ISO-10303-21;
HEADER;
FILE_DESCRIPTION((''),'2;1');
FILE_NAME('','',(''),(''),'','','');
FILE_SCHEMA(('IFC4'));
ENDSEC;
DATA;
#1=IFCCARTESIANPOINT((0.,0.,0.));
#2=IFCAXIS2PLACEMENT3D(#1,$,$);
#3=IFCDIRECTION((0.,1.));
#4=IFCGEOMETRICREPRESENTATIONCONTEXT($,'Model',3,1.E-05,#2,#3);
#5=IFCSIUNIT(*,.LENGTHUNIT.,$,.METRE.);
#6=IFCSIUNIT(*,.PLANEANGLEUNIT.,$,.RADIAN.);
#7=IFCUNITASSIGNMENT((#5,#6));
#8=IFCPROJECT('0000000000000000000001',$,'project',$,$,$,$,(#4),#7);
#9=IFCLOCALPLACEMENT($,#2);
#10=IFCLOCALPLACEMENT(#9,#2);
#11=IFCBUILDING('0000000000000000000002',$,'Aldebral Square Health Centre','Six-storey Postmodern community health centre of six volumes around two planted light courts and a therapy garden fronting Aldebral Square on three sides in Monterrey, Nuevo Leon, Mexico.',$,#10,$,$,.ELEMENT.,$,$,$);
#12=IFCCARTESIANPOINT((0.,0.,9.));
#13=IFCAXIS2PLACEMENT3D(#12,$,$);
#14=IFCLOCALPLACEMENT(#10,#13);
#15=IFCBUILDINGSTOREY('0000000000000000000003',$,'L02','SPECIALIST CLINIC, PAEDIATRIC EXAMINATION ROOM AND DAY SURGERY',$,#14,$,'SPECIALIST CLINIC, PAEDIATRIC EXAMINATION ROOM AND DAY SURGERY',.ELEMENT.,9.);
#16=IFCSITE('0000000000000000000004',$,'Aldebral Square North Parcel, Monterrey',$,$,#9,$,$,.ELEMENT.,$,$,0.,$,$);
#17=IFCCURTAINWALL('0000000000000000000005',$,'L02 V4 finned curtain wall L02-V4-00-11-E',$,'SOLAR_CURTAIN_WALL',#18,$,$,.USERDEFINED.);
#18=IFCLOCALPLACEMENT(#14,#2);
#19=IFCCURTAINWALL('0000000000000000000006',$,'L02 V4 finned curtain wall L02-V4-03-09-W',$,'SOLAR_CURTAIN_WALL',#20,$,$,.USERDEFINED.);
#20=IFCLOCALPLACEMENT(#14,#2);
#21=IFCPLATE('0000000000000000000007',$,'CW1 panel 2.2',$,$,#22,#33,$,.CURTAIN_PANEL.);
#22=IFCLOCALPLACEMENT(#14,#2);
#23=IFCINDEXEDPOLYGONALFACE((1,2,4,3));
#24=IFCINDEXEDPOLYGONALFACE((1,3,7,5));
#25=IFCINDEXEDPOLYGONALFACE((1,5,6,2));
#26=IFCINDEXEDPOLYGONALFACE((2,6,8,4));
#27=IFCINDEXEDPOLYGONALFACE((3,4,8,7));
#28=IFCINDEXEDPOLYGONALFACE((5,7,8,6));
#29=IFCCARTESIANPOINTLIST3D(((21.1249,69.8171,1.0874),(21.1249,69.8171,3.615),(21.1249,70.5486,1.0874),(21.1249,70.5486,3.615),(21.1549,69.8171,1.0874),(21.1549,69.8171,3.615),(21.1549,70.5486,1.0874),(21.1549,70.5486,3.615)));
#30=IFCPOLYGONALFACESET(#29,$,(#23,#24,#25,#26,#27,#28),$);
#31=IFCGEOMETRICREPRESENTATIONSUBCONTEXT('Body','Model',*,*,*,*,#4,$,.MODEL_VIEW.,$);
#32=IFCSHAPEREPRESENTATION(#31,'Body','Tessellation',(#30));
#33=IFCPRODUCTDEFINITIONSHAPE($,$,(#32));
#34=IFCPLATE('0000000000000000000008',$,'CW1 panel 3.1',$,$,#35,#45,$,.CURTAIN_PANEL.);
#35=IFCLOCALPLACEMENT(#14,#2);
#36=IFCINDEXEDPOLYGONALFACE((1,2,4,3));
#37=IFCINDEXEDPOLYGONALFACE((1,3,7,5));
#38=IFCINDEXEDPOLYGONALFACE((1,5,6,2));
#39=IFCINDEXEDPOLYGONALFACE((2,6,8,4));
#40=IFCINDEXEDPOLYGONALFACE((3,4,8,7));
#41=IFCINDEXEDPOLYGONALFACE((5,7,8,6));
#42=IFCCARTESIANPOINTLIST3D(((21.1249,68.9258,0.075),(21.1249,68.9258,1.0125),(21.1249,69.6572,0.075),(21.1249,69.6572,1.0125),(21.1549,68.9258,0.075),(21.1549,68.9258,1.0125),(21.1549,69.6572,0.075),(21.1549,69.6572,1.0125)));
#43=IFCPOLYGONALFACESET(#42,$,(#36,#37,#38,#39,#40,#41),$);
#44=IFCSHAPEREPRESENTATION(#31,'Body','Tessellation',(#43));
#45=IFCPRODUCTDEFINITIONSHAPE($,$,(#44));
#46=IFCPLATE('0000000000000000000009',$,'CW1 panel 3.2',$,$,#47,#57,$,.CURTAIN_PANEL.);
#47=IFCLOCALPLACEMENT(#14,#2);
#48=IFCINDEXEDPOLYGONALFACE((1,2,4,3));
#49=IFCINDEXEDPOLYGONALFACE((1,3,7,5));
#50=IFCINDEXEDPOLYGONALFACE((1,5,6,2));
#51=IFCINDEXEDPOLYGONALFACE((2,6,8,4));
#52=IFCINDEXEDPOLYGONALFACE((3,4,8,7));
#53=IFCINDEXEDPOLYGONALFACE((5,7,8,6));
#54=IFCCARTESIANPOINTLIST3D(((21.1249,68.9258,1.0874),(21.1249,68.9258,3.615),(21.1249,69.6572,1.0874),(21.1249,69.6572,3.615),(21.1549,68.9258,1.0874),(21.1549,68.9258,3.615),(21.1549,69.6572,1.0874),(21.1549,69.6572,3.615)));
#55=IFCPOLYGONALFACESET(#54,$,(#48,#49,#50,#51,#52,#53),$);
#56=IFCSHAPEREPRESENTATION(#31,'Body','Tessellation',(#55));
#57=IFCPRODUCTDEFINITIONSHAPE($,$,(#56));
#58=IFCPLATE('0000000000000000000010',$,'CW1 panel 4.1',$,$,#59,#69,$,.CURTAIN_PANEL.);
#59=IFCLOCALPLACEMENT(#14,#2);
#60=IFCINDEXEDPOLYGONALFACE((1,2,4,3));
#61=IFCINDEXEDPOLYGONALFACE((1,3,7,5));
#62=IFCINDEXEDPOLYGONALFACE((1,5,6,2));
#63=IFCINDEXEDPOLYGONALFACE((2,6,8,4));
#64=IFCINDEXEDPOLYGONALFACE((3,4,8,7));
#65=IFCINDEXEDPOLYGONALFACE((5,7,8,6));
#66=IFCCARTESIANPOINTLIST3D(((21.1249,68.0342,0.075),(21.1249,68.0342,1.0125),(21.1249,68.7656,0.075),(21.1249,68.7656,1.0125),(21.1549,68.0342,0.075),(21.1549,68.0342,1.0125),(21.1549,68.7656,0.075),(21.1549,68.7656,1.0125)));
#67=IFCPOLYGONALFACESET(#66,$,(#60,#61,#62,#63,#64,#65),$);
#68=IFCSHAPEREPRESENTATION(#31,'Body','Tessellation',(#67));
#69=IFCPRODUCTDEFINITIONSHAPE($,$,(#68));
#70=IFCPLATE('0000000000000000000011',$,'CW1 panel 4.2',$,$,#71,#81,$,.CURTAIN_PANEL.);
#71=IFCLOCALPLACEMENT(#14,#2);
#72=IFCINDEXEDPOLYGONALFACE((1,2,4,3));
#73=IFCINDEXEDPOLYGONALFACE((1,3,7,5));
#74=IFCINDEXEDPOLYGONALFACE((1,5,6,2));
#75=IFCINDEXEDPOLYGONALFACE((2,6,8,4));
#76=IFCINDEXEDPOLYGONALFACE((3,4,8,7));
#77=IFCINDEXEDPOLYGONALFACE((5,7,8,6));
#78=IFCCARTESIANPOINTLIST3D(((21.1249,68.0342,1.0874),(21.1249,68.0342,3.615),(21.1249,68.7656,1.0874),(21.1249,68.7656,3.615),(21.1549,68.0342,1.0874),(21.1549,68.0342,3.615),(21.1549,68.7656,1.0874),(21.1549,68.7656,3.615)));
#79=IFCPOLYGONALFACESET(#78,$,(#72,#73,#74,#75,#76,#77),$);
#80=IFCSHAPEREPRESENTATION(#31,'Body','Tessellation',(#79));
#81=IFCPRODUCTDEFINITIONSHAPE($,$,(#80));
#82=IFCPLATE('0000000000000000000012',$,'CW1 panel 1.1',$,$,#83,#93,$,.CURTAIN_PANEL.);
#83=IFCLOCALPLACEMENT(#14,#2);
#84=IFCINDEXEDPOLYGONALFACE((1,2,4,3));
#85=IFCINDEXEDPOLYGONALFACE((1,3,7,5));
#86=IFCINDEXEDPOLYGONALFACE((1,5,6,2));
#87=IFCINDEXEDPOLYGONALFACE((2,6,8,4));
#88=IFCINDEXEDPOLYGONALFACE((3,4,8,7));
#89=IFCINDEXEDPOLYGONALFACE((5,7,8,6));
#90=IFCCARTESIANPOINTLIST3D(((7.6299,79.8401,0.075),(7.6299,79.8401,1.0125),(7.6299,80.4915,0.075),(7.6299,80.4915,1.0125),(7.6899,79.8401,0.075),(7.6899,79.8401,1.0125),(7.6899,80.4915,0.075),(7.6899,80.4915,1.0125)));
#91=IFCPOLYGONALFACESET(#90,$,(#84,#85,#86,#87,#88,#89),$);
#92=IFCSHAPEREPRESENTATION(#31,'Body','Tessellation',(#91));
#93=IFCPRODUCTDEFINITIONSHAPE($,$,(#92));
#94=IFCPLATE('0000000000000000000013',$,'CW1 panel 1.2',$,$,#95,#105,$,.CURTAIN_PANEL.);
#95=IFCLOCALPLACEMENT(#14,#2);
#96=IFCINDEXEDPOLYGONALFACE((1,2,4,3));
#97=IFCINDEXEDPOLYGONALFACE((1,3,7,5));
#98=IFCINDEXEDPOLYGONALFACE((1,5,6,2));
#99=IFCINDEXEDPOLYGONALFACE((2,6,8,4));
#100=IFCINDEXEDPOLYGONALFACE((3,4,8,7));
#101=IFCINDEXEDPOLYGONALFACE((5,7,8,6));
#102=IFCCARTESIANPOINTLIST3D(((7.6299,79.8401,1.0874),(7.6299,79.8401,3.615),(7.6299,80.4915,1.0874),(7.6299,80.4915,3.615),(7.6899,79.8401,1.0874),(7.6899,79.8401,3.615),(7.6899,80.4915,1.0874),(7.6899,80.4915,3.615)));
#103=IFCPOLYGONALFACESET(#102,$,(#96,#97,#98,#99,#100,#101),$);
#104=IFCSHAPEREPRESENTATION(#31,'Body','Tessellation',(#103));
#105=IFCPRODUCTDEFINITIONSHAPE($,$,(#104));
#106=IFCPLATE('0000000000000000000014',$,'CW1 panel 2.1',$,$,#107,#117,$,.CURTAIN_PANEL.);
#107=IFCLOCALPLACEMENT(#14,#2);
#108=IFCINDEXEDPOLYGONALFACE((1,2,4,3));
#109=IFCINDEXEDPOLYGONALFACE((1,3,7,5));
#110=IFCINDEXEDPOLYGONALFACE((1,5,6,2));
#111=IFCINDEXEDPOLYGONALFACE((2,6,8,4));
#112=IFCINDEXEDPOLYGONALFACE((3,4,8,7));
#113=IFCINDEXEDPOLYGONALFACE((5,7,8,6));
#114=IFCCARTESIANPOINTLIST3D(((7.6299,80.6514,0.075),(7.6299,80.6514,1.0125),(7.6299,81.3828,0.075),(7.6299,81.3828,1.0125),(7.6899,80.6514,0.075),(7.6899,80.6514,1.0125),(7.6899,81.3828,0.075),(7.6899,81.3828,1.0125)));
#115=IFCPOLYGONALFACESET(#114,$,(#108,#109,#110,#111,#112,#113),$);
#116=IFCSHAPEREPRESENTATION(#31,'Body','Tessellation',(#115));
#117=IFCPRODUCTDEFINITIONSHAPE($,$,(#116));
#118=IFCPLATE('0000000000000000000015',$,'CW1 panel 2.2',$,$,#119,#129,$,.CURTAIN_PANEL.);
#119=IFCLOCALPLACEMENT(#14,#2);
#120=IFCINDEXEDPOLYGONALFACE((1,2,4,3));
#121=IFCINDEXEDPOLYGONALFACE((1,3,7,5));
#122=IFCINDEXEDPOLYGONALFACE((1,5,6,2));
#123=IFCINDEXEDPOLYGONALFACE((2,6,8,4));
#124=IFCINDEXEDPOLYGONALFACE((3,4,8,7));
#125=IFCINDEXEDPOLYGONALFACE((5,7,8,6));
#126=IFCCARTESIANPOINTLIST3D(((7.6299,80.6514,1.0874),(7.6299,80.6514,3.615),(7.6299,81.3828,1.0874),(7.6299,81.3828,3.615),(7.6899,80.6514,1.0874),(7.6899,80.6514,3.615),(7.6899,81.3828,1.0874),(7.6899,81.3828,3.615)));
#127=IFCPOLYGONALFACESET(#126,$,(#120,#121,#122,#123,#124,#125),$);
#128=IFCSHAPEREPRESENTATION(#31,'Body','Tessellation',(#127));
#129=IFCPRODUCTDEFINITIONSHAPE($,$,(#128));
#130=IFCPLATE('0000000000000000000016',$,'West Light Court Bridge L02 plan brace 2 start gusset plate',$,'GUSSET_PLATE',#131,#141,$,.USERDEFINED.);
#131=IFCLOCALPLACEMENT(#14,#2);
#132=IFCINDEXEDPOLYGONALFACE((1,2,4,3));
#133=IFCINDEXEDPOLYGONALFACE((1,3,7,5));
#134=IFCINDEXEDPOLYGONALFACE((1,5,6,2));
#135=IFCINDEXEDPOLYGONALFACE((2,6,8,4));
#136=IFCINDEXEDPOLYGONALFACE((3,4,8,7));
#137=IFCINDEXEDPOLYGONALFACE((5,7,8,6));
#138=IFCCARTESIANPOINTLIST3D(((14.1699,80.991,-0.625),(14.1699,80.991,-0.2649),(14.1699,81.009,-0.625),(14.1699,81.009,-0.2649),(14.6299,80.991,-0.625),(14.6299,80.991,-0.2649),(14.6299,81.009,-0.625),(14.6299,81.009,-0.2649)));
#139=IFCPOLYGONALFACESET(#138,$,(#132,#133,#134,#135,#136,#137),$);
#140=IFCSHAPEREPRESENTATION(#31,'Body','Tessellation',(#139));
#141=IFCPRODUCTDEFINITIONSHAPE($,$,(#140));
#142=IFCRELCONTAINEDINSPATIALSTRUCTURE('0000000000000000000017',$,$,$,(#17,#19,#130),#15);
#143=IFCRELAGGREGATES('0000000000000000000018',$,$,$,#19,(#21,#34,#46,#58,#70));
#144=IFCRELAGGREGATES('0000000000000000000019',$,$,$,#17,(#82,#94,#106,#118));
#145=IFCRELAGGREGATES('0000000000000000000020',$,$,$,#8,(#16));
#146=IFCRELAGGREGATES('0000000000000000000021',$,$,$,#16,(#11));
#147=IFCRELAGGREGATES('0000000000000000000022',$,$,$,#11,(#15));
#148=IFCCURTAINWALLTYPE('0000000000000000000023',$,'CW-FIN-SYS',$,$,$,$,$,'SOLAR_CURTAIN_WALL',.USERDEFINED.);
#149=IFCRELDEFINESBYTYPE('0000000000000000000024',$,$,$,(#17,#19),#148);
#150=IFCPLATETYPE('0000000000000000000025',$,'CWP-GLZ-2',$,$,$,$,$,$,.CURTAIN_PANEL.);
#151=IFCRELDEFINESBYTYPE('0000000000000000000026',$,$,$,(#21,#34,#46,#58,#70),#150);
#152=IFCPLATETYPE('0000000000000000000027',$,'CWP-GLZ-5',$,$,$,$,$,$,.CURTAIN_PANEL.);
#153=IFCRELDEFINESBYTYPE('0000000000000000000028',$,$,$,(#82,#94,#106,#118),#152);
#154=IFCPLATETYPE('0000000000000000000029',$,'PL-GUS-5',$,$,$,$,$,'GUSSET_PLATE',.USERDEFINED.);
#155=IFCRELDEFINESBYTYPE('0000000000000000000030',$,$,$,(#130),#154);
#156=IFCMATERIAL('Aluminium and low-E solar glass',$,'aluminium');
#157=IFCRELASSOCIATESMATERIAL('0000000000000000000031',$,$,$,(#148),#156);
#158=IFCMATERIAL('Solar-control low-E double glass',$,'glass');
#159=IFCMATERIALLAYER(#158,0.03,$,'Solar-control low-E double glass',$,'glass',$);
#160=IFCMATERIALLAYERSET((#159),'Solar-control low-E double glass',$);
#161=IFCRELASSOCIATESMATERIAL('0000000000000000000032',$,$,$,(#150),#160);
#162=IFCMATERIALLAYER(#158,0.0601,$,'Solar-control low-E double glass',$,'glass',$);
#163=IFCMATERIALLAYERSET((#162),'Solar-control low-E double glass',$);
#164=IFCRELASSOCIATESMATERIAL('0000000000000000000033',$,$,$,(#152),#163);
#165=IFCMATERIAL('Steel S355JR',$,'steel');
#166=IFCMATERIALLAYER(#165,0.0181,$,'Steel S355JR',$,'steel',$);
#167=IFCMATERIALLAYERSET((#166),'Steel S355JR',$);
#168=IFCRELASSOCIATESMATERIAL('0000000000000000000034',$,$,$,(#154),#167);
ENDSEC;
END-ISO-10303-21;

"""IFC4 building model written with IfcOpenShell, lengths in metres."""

from ifc_helpers import new_model, si_unit, direction, frame, origin, origin_2d, place, context, subcontext, project, spatial, rectangle, extrude, material, layer, layer_set, type_object, element, aggregate, save


model = new_model("IFC4")

# Units and contexts
model_context = context("Model", 3, precision=1e-05, world=origin(), true_north=direction((0.0, 1.0)))
body_context = subcontext(model_context, "Body", "Model", "MODEL_VIEW")
ifc_project = project(units=[si_unit("LENGTHUNIT", "METRE"), si_unit("PLANEANGLEUNIT", "RADIAN")], contexts=[model_context])

# Site, building, storey
site_placement = place(None, origin())
site = spatial("IfcSite", under=ifc_project, at=site_placement, Name="Aldebral Square North Parcel, Monterrey", CompositionType="ELEMENT", RefElevation=0.0)
building_placement = place(site_placement, origin())
building = spatial("IfcBuilding", under=site, at=building_placement, Name="Aldebral Square Health Centre", Description="Six-storey Postmodern community health centre of six volumes around two planted light courts and a therapy garden fronting Aldebral Square on three sides in Monterrey, Nuevo Leon, Mexico.", CompositionType="ELEMENT")
storey_placement = place(building_placement, frame((0.0, 0.0, 9.0)))
storey = spatial("IfcBuildingStorey", under=building, at=storey_placement, Name="L02", Description="SPECIALIST CLINIC, PAEDIATRIC EXAMINATION ROOM AND DAY SURGERY", LongName="SPECIALIST CLINIC, PAEDIATRIC EXAMINATION ROOM AND DAY SURGERY", CompositionType="ELEMENT", Elevation=9.0)

# Shared definitions
ifc_material_1 = material(Name="Steel S355JR", Category="steel")

# Curtain wall
ifc_material_2 = material(Name="Aluminium and low-E solar glass", Category="aluminium")
curtain_wall_type = type_object("IfcCurtainWallType", Name="CW-FIN-SYS", ElementType="SOLAR_CURTAIN_WALL", PredefinedType="USERDEFINED", material=ifc_material_2)
curtain_wall_1_placement = place(storey_placement, origin())
curtain_wall_1 = element("IfcCurtainWall", 1, at=curtain_wall_1_placement, inside=storey, type_object=curtain_wall_type, Name="L02 V4 finned curtain wall L02-V4-00-11-E", ObjectType="SOLAR_CURTAIN_WALL", PredefinedType="USERDEFINED")

# Curtain wall
curtain_wall_2_placement = place(storey_placement, origin())
curtain_wall_2 = element("IfcCurtainWall", 2, at=curtain_wall_2_placement, inside=storey, type_object=curtain_wall_type, Name="L02 V4 finned curtain wall L02-V4-03-09-W", ObjectType="SOLAR_CURTAIN_WALL", PredefinedType="USERDEFINED")

# Plates
ifc_material_3 = material(Name="Solar-control low-E double glass", Category="glass")
ifc_layer_1 = layer(ifc_material_3, 0.03, Name="Solar-control low-E double glass", Category="glass")
ifc_layer_set_1 = layer_set([ifc_layer_1], Name="Solar-control low-E double glass")
plate_type_1 = type_object("IfcPlateType", Name="CWP-GLZ-2", PredefinedType="CURTAIN_PANEL", material=ifc_layer_set_1)
plate_1_placement = place(storey_placement, frame((21.1399, 70.1829, 1.0874), z_axis=(0.0, 0.0, 1.0), x_axis=(0.0, -1.0, 0.0)))
plate_1 = element("IfcPlate", 3, at=plate_1_placement, type_object=plate_type_1, Name="CW1 panel 2.2", PredefinedType="CURTAIN_PANEL", context=body_context, shape_type="SweptSolid", body=[
    extrude(rectangle(XDim=0.7314, YDim=0.03, at=origin_2d()), origin(), (0.0, 0.0, 1.0), 2.5276),
])
plate_2_placement = place(storey_placement, frame((21.1399, 69.2915, 0.075), z_axis=(0.0, 0.0, 1.0), x_axis=(0.0, -1.0, 0.0)))
plate_2 = element("IfcPlate", 4, at=plate_2_placement, type_object=plate_type_1, Name="CW1 panel 3.1", PredefinedType="CURTAIN_PANEL", context=body_context, shape_type="SweptSolid", body=[
    extrude(rectangle(XDim=0.7314, YDim=0.03, at=origin_2d()), origin(), (0.0, 0.0, 1.0), 0.9375),
])
plate_3_placement = place(storey_placement, frame((21.1399, 69.2915, 1.0874), z_axis=(0.0, 0.0, 1.0), x_axis=(0.0, -1.0, 0.0)))
plate_3 = element("IfcPlate", 5, at=plate_3_placement, type_object=plate_type_1, Name="CW1 panel 3.2", PredefinedType="CURTAIN_PANEL", context=body_context, shape_type="SweptSolid", body=[
    extrude(rectangle(XDim=0.7314, YDim=0.03, at=origin_2d()), origin(), (0.0, 0.0, 1.0), 2.5276),
])
plate_4_placement = place(storey_placement, frame((21.1399, 68.3999, 0.075), z_axis=(0.0, 0.0, 1.0), x_axis=(0.0, -1.0, 0.0)))
plate_4 = element("IfcPlate", 6, at=plate_4_placement, type_object=plate_type_1, Name="CW1 panel 4.1", PredefinedType="CURTAIN_PANEL", context=body_context, shape_type="SweptSolid", body=[
    extrude(rectangle(XDim=0.7314, YDim=0.03, at=origin_2d()), origin(), (0.0, 0.0, 1.0), 0.9375),
])
plate_5_placement = place(storey_placement, frame((21.1399, 68.3999, 1.0874), z_axis=(0.0, 0.0, 1.0), x_axis=(0.0, -1.0, 0.0)))
plate_5 = element("IfcPlate", 7, at=plate_5_placement, type_object=plate_type_1, Name="CW1 panel 4.2", PredefinedType="CURTAIN_PANEL", context=body_context, shape_type="SweptSolid", body=[
    extrude(rectangle(XDim=0.7314, YDim=0.03, at=origin_2d()), origin(), (0.0, 0.0, 1.0), 2.5276),
])
aggregate(curtain_wall_2, [plate_1, plate_2, plate_3, plate_4, plate_5])
ifc_layer_2 = layer(ifc_material_3, 0.0601, Name="Solar-control low-E double glass", Category="glass")
ifc_layer_set_2 = layer_set([ifc_layer_2], Name="Solar-control low-E double glass")
plate_type_2 = type_object("IfcPlateType", Name="CWP-GLZ-5", PredefinedType="CURTAIN_PANEL", material=ifc_layer_set_2)
plate_6_placement = place(storey_placement, frame((7.6599, 80.1658, 0.075), z_axis=(0.0, 0.0, 1.0), x_axis=(0.0, 1.0, 0.0)))
plate_6 = element("IfcPlate", 8, at=plate_6_placement, type_object=plate_type_2, Name="CW1 panel 1.1", PredefinedType="CURTAIN_PANEL", context=body_context, shape_type="SweptSolid", body=[
    extrude(rectangle(XDim=0.6514, YDim=0.0601, at=origin_2d()), origin(), (0.0, 0.0, 1.0), 0.9375),
])
plate_7_placement = place(storey_placement, frame((7.6599, 80.1658, 1.0874), z_axis=(0.0, 0.0, 1.0), x_axis=(0.0, 1.0, 0.0)))
plate_7 = element("IfcPlate", 9, at=plate_7_placement, type_object=plate_type_2, Name="CW1 panel 1.2", PredefinedType="CURTAIN_PANEL", context=body_context, shape_type="SweptSolid", body=[
    extrude(rectangle(XDim=0.6514, YDim=0.0601, at=origin_2d()), origin(), (0.0, 0.0, 1.0), 2.5276),
])
plate_8_placement = place(storey_placement, frame((7.6599, 81.0171, 0.075), z_axis=(0.0, 0.0, 1.0), x_axis=(0.0, 1.0, 0.0)))
plate_8 = element("IfcPlate", 10, at=plate_8_placement, type_object=plate_type_2, Name="CW1 panel 2.1", PredefinedType="CURTAIN_PANEL", context=body_context, shape_type="SweptSolid", body=[
    extrude(rectangle(XDim=0.7314, YDim=0.0601, at=origin_2d()), origin(), (0.0, 0.0, 1.0), 0.9375),
])
plate_9_placement = place(storey_placement, frame((7.6599, 81.0171, 1.0874), z_axis=(0.0, 0.0, 1.0), x_axis=(0.0, 1.0, 0.0)))
plate_9 = element("IfcPlate", 11, at=plate_9_placement, type_object=plate_type_2, Name="CW1 panel 2.2", PredefinedType="CURTAIN_PANEL", context=body_context, shape_type="SweptSolid", body=[
    extrude(rectangle(XDim=0.7314, YDim=0.0601, at=origin_2d()), origin(), (0.0, 0.0, 1.0), 2.5276),
])
aggregate(curtain_wall_1, [plate_6, plate_7, plate_8, plate_9])
ifc_layer_3 = layer(ifc_material_1, 0.0181, Name="Steel S355JR", Category="steel")
ifc_layer_set_3 = layer_set([ifc_layer_3], Name="Steel S355JR")
plate_type_3 = type_object("IfcPlateType", Name="PL-GUS-5", ElementType="GUSSET_PLATE", PredefinedType="USERDEFINED", material=ifc_layer_set_3)
plate_10_placement = place(storey_placement, frame((14.3999, 81.0, -0.625), z_axis=(0.0, 0.0, 1.0), x_axis=(1.0, 0.0, 0.0)))
element("IfcPlate", 12, at=plate_10_placement, inside=storey, type_object=plate_type_3, Name="West Light Court Bridge L02 plan brace 2 start gusset plate", ObjectType="GUSSET_PLATE", PredefinedType="USERDEFINED", context=body_context, shape_type="SweptSolid", body=[
    extrude(rectangle(XDim=0.46, YDim=0.0181, at=origin_2d()), origin(), (0.0, 0.0, 1.0), 0.3601),
])

save(model, "model.ifc")
